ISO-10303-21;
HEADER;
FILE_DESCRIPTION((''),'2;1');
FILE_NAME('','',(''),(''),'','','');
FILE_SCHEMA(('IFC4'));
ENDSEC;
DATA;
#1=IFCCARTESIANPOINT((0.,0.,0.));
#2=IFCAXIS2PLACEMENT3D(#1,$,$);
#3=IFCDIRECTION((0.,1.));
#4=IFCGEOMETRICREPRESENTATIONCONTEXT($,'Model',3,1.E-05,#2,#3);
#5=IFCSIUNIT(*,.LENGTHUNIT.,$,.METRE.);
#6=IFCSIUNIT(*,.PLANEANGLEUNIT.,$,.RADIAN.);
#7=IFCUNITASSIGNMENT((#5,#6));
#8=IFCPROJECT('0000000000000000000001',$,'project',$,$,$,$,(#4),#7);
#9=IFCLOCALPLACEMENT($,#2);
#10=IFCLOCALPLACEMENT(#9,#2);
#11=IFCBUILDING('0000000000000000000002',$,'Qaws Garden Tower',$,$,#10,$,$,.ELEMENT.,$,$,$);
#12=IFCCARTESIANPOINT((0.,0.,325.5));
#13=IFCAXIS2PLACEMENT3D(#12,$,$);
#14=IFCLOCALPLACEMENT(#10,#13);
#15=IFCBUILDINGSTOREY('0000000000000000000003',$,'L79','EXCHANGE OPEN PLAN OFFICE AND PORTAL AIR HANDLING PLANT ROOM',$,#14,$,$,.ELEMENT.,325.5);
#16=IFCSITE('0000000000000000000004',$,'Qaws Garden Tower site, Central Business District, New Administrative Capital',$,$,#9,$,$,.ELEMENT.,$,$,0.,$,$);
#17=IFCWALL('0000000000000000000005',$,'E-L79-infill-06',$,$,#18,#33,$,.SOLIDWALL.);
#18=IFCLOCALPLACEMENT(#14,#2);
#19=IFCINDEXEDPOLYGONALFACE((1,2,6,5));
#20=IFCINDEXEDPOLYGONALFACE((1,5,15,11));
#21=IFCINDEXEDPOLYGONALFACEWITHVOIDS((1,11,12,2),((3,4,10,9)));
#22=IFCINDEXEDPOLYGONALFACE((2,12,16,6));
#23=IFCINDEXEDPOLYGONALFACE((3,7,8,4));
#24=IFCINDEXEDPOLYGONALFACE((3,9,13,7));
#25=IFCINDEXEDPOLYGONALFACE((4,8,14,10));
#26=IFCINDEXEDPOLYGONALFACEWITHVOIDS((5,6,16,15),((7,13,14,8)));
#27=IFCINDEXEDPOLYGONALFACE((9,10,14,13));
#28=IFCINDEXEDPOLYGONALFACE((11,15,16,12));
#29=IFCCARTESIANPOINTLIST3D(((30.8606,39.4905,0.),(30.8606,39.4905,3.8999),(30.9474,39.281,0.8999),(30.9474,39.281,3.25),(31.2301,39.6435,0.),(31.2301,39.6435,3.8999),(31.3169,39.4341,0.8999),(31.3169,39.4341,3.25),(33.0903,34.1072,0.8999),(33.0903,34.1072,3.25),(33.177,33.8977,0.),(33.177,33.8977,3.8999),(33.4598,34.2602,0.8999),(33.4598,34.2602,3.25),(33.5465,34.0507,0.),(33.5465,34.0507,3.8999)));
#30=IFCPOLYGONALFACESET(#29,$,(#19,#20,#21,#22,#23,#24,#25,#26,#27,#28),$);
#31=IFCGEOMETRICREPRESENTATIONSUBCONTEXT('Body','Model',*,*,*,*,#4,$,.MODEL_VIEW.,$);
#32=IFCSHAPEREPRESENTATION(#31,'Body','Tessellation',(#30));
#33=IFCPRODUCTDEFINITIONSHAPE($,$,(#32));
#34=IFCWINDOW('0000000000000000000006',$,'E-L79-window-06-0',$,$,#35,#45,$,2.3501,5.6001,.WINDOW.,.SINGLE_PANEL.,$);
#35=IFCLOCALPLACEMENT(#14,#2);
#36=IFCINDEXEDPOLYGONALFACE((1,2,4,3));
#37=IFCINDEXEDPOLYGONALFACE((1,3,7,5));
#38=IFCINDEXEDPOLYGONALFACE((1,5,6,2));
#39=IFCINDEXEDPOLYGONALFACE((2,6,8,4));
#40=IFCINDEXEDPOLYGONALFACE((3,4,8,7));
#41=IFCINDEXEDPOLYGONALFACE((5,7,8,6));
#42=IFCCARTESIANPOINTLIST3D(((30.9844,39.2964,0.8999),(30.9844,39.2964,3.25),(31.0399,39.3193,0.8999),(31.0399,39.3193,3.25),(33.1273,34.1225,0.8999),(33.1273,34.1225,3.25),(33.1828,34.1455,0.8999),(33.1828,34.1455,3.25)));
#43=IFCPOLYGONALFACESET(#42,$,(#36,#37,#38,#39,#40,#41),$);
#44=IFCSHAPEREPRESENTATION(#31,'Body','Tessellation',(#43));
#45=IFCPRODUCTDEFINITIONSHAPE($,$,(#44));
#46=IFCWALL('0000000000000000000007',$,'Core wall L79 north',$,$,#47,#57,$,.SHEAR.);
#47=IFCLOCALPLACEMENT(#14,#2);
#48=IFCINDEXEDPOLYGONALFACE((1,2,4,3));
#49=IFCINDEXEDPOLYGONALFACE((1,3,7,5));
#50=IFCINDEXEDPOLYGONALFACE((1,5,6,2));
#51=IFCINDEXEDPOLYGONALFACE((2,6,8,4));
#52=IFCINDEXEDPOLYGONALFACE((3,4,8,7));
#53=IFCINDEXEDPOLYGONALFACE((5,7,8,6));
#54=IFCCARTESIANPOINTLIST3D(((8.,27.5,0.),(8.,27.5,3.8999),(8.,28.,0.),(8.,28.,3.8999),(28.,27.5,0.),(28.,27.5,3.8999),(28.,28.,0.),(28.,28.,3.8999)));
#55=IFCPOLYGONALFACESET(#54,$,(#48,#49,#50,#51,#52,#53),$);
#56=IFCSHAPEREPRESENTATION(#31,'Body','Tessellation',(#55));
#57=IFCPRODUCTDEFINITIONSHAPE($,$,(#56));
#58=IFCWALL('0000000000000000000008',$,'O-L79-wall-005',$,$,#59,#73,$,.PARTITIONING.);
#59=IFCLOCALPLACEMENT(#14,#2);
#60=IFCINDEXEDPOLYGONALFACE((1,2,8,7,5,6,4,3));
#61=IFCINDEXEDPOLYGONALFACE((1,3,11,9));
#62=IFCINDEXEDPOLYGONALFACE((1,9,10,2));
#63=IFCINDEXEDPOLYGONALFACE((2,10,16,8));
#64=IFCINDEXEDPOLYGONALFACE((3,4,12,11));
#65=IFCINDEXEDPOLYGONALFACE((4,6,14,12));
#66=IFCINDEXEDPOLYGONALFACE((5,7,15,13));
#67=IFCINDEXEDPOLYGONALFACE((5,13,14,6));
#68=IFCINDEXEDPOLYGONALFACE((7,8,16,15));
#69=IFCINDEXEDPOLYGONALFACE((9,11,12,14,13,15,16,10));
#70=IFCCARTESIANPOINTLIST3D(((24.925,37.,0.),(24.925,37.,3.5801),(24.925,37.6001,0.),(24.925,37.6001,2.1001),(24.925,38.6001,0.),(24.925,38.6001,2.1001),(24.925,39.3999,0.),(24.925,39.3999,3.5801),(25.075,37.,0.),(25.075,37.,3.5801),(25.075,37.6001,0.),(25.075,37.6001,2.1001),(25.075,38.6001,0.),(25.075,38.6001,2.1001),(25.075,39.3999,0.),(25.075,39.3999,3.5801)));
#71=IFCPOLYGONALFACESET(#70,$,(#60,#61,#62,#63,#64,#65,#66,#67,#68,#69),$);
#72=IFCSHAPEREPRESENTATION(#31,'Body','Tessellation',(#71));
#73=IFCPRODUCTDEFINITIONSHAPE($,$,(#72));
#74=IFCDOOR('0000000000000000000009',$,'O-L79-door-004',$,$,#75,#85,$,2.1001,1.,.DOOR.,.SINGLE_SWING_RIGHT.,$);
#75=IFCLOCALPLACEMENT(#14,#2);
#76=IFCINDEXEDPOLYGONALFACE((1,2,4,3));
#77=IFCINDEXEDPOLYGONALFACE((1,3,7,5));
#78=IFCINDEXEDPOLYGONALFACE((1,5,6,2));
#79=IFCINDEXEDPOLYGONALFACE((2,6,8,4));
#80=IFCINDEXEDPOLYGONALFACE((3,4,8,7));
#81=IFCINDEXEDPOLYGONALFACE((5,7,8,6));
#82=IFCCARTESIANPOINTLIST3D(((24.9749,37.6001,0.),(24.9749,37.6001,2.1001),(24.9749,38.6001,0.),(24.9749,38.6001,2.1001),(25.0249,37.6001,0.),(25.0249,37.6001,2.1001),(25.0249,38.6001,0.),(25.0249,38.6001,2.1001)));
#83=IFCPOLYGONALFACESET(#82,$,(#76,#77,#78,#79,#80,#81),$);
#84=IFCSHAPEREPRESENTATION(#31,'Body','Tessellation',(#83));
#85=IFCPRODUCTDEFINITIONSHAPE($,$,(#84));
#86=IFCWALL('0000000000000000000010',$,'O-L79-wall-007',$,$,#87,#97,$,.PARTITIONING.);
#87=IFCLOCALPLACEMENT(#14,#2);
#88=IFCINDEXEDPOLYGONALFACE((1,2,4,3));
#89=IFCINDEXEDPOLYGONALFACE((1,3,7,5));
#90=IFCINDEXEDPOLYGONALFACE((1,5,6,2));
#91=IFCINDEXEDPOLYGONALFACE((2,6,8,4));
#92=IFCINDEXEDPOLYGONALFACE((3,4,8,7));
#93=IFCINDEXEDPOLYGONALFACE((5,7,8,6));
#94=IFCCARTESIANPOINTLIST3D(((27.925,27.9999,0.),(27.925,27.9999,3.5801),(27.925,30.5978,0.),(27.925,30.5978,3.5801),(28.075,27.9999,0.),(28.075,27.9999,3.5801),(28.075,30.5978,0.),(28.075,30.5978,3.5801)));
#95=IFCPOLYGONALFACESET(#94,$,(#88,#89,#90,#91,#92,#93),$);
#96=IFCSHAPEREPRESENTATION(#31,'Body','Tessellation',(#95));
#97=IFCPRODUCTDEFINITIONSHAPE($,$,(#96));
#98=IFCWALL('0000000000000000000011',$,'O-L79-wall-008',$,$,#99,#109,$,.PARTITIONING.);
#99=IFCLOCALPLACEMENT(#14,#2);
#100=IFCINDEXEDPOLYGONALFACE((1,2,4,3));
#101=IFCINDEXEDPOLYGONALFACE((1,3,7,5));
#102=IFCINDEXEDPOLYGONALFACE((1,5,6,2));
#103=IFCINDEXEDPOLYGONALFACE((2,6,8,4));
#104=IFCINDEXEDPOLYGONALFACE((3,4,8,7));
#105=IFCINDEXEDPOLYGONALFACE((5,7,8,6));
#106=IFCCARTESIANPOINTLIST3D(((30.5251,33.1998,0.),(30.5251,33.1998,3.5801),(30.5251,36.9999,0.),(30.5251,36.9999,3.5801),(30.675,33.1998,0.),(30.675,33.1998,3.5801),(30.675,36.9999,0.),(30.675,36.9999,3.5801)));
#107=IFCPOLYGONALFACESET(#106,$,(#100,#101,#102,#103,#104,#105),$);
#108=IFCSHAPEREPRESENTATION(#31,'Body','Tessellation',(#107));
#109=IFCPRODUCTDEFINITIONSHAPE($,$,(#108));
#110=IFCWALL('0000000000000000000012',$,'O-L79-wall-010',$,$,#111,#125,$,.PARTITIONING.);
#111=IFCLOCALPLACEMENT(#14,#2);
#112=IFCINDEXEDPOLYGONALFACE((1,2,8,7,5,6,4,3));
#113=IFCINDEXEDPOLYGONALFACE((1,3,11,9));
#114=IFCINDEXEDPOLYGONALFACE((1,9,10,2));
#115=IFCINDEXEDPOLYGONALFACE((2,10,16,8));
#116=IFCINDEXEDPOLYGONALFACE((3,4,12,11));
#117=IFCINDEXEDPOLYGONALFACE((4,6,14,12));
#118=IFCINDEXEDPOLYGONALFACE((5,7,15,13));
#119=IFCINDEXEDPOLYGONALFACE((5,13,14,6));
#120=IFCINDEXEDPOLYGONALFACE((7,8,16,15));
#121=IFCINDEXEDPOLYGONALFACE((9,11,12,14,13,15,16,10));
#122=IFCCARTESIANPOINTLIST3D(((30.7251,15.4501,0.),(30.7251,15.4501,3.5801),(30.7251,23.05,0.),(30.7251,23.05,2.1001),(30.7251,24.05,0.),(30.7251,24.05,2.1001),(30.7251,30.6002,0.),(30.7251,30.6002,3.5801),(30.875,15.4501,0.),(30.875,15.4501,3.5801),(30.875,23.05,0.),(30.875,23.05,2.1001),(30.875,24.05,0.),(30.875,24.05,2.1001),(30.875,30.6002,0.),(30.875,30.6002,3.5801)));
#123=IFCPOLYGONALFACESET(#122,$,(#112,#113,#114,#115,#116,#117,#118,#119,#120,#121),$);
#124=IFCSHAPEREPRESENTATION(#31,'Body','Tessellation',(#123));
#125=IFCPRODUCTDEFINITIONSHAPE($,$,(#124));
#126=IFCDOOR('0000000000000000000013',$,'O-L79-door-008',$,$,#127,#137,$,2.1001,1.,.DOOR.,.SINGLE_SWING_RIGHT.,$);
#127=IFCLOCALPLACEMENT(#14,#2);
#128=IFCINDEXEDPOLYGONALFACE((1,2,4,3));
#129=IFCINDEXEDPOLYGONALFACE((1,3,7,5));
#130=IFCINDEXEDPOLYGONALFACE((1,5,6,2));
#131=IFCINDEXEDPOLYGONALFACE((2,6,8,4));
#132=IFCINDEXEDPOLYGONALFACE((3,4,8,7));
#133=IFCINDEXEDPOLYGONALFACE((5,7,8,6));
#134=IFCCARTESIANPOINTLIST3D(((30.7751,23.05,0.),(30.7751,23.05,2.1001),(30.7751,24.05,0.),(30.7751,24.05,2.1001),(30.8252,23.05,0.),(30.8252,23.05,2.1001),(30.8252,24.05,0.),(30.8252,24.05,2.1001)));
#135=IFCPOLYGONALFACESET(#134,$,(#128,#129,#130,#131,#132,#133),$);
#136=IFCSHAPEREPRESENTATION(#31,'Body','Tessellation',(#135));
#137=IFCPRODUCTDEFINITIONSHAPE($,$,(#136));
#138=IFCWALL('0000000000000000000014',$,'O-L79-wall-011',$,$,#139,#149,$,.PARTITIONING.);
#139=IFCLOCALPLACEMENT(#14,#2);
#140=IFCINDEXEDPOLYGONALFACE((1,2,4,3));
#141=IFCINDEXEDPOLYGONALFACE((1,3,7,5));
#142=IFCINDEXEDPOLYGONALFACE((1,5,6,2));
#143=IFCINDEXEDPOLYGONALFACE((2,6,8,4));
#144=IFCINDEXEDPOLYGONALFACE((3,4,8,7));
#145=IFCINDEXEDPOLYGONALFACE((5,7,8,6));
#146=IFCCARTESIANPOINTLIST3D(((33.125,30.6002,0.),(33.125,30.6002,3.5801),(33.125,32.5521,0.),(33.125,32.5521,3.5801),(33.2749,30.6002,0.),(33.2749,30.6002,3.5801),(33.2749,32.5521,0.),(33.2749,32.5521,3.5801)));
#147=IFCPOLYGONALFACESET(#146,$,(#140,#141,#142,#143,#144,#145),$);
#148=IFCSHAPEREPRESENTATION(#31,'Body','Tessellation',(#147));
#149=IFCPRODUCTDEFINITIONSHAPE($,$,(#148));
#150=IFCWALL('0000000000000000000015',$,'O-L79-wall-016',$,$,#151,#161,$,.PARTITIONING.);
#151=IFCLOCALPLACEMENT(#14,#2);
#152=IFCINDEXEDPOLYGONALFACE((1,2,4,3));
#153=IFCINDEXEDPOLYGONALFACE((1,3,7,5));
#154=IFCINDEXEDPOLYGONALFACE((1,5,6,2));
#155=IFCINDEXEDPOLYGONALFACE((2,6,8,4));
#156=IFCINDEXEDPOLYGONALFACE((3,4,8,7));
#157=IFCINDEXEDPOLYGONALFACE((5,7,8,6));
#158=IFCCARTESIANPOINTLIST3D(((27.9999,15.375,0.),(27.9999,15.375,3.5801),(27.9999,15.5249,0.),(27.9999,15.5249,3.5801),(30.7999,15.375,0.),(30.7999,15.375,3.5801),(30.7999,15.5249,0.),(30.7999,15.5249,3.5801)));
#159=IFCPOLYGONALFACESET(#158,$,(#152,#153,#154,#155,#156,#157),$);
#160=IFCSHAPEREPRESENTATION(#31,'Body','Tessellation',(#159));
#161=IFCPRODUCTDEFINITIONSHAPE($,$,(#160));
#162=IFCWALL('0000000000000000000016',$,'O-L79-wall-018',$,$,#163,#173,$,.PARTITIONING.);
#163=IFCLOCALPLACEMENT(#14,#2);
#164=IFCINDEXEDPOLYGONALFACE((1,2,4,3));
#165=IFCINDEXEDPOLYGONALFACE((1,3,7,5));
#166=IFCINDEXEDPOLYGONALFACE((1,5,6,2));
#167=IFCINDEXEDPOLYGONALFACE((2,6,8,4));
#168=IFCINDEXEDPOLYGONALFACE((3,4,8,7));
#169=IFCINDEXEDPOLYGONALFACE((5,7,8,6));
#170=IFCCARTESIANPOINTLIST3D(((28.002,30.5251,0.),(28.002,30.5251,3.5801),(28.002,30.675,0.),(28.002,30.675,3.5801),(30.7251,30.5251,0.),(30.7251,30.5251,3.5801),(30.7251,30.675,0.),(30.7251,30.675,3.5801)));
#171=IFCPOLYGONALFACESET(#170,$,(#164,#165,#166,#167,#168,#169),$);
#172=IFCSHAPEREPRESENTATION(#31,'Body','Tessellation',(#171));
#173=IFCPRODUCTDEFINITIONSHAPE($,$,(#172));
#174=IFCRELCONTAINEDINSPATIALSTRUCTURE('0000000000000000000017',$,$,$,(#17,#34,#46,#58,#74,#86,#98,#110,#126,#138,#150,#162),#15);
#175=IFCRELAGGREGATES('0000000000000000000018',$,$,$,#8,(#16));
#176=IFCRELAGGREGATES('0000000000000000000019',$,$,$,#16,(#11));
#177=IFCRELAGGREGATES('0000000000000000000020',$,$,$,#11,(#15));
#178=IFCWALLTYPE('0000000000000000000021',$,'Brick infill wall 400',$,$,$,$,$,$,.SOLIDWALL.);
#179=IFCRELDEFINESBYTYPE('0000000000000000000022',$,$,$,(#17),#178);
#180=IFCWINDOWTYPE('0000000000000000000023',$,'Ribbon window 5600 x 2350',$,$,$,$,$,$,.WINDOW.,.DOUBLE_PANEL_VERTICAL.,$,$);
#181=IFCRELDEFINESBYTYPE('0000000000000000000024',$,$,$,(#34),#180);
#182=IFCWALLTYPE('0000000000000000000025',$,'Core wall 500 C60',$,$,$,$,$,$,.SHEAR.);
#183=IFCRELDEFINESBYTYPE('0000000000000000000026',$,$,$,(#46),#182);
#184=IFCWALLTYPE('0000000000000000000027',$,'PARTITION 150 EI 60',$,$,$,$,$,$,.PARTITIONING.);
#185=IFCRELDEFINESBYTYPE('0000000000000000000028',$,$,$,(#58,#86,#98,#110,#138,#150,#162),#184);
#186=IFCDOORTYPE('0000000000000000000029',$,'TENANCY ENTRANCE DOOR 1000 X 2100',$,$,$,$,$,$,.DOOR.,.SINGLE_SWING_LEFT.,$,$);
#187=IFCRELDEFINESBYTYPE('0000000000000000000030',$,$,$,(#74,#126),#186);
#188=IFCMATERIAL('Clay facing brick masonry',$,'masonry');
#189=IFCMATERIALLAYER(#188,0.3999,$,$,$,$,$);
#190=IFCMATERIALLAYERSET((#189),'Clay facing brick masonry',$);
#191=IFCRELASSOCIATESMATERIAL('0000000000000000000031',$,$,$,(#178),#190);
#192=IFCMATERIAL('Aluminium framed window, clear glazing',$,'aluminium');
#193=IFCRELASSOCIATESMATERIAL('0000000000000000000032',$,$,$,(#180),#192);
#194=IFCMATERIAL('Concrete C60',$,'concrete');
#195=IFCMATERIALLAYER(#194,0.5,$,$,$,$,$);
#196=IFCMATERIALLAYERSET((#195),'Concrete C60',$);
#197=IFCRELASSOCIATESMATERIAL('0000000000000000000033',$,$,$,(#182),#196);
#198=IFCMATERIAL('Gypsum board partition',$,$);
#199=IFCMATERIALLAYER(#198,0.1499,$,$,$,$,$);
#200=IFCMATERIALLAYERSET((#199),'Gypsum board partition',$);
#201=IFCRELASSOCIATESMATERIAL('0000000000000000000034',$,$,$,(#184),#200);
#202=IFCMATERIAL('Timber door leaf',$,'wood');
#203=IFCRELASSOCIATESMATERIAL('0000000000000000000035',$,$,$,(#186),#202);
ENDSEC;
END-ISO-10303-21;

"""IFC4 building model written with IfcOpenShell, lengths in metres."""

from ifc_helpers import new_model, si_unit, direction, frame, frame_2d, origin, place, context, subcontext, project, spatial, rectangle, extrude, material, layer, layer_set, type_object, element, fill, save


model = new_model("IFC4")

# Units and contexts
model_context = context("Model", 3, precision=1e-05, world=origin(), true_north=direction((0.0, 1.0)))
body_context = subcontext(model_context, "Body", "Model", "MODEL_VIEW")
ifc_project = project(units=[si_unit("LENGTHUNIT", "METRE"), si_unit("PLANEANGLEUNIT", "RADIAN")], contexts=[model_context])

# Site, building, storey
site_placement = place(None, origin())
site = spatial("IfcSite", under=ifc_project, at=site_placement, Name="Qaws Garden Tower site, Central Business District, New Administrative Capital", CompositionType="ELEMENT", RefElevation=0.0)
building_placement = place(site_placement, origin())
building = spatial("IfcBuilding", under=site, at=building_placement, Name="Qaws Garden Tower", CompositionType="ELEMENT")
storey_placement = place(building_placement, frame((0.0, 0.0, 325.5)))
storey = spatial("IfcBuildingStorey", under=building, at=storey_placement, Name="L79", Description="EXCHANGE OPEN PLAN OFFICE AND PORTAL AIR HANDLING PLANT ROOM", CompositionType="ELEMENT", Elevation=325.5)

# Wall, opening, window
ifc_material_1 = material(Name="Clay facing brick masonry", Category="masonry")
ifc_layer_1 = layer(ifc_material_1, 0.3999)
ifc_layer_set_1 = layer_set([ifc_layer_1], Name="Clay facing brick masonry")
wall_type_1 = type_object("IfcWallType", Name="Brick infill wall 400", PredefinedType="SOLIDWALL", material=ifc_layer_set_1)
ifc_material_2 = material(Name="Aluminium framed window, clear glazing", Category="aluminium")
window_type = type_object("IfcWindowType", Name="Ribbon window 5600 x 2350", PartitioningType="DOUBLE_PANEL_VERTICAL", PredefinedType="WINDOW", material=ifc_material_2)
wall_1_placement = place(storey_placement, frame((33.3618, 33.9741, 0.0), z_axis=(0.0, 0.0, 1.0), x_axis=(-0.382656, 0.923891, 0.0)))
wall_1 = element("IfcWall", 1, at=wall_1_placement, inside=storey, type_object=wall_type_1, Name="E-L79-infill-06", PredefinedType="SOLIDWALL", context=body_context, shape_type="SweptSolid", body=[
    extrude(rectangle(XDim=6.0535, YDim=0.3999, at=frame_2d((3.0269, 0.0))), origin(), (0.0, 0.0, 1.0), 3.8999),
])
opening_1_placement = place(wall_1_placement, frame((0.2268, 0.0, 0.8999)))
opening_1 = element("IfcOpeningElement", 2, at=opening_1_placement, cuts=wall_1, PredefinedType="OPENING", context=body_context, shape_type="SweptSolid", body=[
    extrude(rectangle(XDim=5.6001, YDim=2.3501, at=frame_2d((2.8, 1.175))), frame((0.0, 0.21, 0.0), z_axis=(0.0, -1.0, 0.0), x_axis=(1.0, 0.0, 0.0)), (0.0, 0.0, 1.0), 0.4199),
])
window_1_placement = place(opening_1_placement, origin())
window_1 = element("IfcWindow", 3, at=window_1_placement, inside=storey, type_object=window_type, Name="E-L79-window-06-0", OverallHeight=2.3501, OverallWidth=5.6001, PartitioningType="SINGLE_PANEL", PredefinedType="WINDOW", context=body_context, shape_type="SweptSolid", body=[
    extrude(rectangle(XDim=5.6001, YDim=2.3501, at=frame_2d((2.8, 1.175))), frame((0.0, 0.1599, 0.0), z_axis=(0.0, -1.0, 0.0), x_axis=(1.0, 0.0, 0.0)), (0.0, 0.0, 1.0), 0.0601),
])
fill(opening_1, window_1)

# Wall
ifc_material_3 = material(Name="Concrete C60", Category="concrete")
ifc_layer_2 = layer(ifc_material_3, 0.5)
ifc_layer_set_2 = layer_set([ifc_layer_2], Name="Concrete C60")
wall_type_2 = type_object("IfcWallType", Name="Core wall 500 C60", PredefinedType="SHEAR", material=ifc_layer_set_2)
wall_2_placement = place(storey_placement, frame((28.0, 27.75, 0.0), z_axis=(0.0, 0.0, 1.0), x_axis=(-1.0, 0.0, 0.0)))
element("IfcWall", 4, at=wall_2_placement, inside=storey, type_object=wall_type_2, Name="Core wall L79 north", PredefinedType="SHEAR", context=body_context, shape_type="SweptSolid", body=[
    extrude(rectangle(XDim=20.0, YDim=0.5, at=frame_2d((10.0, 0.0))), origin(), (0.0, 0.0, 1.0), 3.8999),
])

# Wall, opening, door
ifc_material_4 = material(Name="Gypsum board partition")
ifc_layer_3 = layer(ifc_material_4, 0.1499)
ifc_layer_set_3 = layer_set([ifc_layer_3], Name="Gypsum board partition")
wall_type_3 = type_object("IfcWallType", Name="PARTITION 150 EI 60", PredefinedType="PARTITIONING", material=ifc_layer_set_3)
wall_3_placement = place(storey_placement, frame((25.0, 37.0, 0.0), z_axis=(0.0, 0.0, 1.0), x_axis=(0.0, 1.0, 0.0)))
wall_3 = element("IfcWall", 5, at=wall_3_placement, inside=storey, type_object=wall_type_3, Name="O-L79-wall-005", PredefinedType="PARTITIONING", context=body_context, shape_type="SweptSolid", body=[
    extrude(rectangle(XDim=2.3999, YDim=0.1499, at=frame_2d((1.2, 0.0))), origin(), (0.0, 0.0, 1.0), 3.5801),
])
opening_2_placement = place(wall_3_placement, frame((0.6001, 0.0, 0.0)))
opening_2 = element("IfcOpeningElement", 6, at=opening_2_placement, cuts=wall_3, PredefinedType="OPENING", context=body_context, shape_type="SweptSolid", body=[
    extrude(rectangle(XDim=1.0, YDim=2.1001, at=frame_2d((0.5, 1.05))), frame((0.0, 0.085, 0.0), z_axis=(0.0, -1.0, 0.0), x_axis=(1.0, 0.0, 0.0)), (0.0, 0.0, 1.0), 0.1699),
])
ifc_material_5 = material(Name="Timber door leaf", Category="wood")
door_type = type_object("IfcDoorType", Name="TENANCY ENTRANCE DOOR 1000 X 2100", OperationType="SINGLE_SWING_LEFT", PredefinedType="DOOR", material=ifc_material_5)
door_1_placement = place(opening_2_placement, frame((1.0, 0.0, 0.0), z_axis=(0.0, 0.0, 1.0), x_axis=(-1.0, 0.0, 0.0)))
door_1 = element("IfcDoor", 7, at=door_1_placement, inside=storey, type_object=door_type, Name="O-L79-door-004", OperationType="SINGLE_SWING_RIGHT", OverallHeight=2.1001, OverallWidth=1.0, PredefinedType="DOOR", context=body_context, shape_type="SweptSolid", body=[
    extrude(rectangle(XDim=1.0, YDim=2.1001, at=frame_2d((0.5, 1.05))), frame((0.0, 0.0249, 0.0), z_axis=(0.0, -1.0, 0.0), x_axis=(1.0, 0.0, 0.0)), (0.0, 0.0, 1.0), 0.05),
])
fill(opening_2, door_1)

# Walls
wall_4_placement = place(storey_placement, frame((28.0, 28.0, 0.0), z_axis=(0.0, 0.0, 1.0), x_axis=(0.0, 1.0, 0.0)))
element("IfcWall", 8, at=wall_4_placement, inside=storey, type_object=wall_type_3, Name="O-L79-wall-007", PredefinedType="PARTITIONING", context=body_context, shape_type="SweptSolid", body=[
    extrude(rectangle(XDim=2.5979, YDim=0.1499, at=frame_2d((1.2988, 0.0))), origin(), (0.0, 0.0, 1.0), 3.5801),
])
wall_5_placement = place(storey_placement, frame((30.6001, 33.2, 0.0), z_axis=(0.0, 0.0, 1.0), x_axis=(0.0, 1.0, 0.0)))
element("IfcWall", 9, at=wall_5_placement, inside=storey, type_object=wall_type_3, Name="O-L79-wall-008", PredefinedType="PARTITIONING", context=body_context, shape_type="SweptSolid", body=[
    extrude(rectangle(XDim=3.8, YDim=0.1499, at=frame_2d((1.8999, 0.0))), origin(), (0.0, 0.0, 1.0), 3.5801),
])

# Wall, opening, door
wall_6_placement = place(storey_placement, frame((30.8, 15.45, 0.0), z_axis=(0.0, 0.0, 1.0), x_axis=(0.0, 1.0, 0.0)))
wall_6 = element("IfcWall", 10, at=wall_6_placement, inside=storey, type_object=wall_type_3, Name="O-L79-wall-010", PredefinedType="PARTITIONING", context=body_context, shape_type="SweptSolid", body=[
    extrude(rectangle(XDim=15.1501, YDim=0.1499, at=frame_2d((7.5752, 0.0))), origin(), (0.0, 0.0, 1.0), 3.5801),
])
opening_3_placement = place(wall_6_placement, frame((7.6001, 0.0, 0.0)))
opening_3 = element("IfcOpeningElement", 11, at=opening_3_placement, cuts=wall_6, PredefinedType="OPENING", context=body_context, shape_type="SweptSolid", body=[
    extrude(rectangle(XDim=1.0, YDim=2.1001, at=frame_2d((0.5, 1.05))), frame((0.0, 0.085, 0.0), z_axis=(0.0, -1.0, 0.0), x_axis=(1.0, 0.0, 0.0)), (0.0, 0.0, 1.0), 0.1699),
])
door_2_placement = place(opening_3_placement, origin())
door_2 = element("IfcDoor", 12, at=door_2_placement, inside=storey, type_object=door_type, Name="O-L79-door-008", OperationType="SINGLE_SWING_RIGHT", OverallHeight=2.1001, OverallWidth=1.0, PredefinedType="DOOR", context=body_context, shape_type="SweptSolid", body=[
    extrude(rectangle(XDim=1.0, YDim=2.1001, at=frame_2d((0.5, 1.05))), frame((0.0, 0.0249, 0.0), z_axis=(0.0, -1.0, 0.0), x_axis=(1.0, 0.0, 0.0)), (0.0, 0.0, 1.0), 0.05),
])
fill(opening_3, door_2)

# Walls
wall_7_placement = place(storey_placement, frame((33.2, 30.6001, 0.0), z_axis=(0.0, 0.0, 1.0), x_axis=(0.0, 1.0, 0.0)))
element("IfcWall", 13, at=wall_7_placement, inside=storey, type_object=wall_type_3, Name="O-L79-wall-011", PredefinedType="PARTITIONING", context=body_context, shape_type="SweptSolid", body=[
    extrude(rectangle(XDim=1.9519, YDim=0.1499, at=frame_2d((0.9761, 0.0))), origin(), (0.0, 0.0, 1.0), 3.5801),
])
wall_8_placement = place(storey_placement, frame((28.0, 15.45, 0.0), z_axis=(0.0, 0.0, 1.0), x_axis=(1.0, 0.0, 0.0)))
element("IfcWall", 14, at=wall_8_placement, inside=storey, type_object=wall_type_3, Name="O-L79-wall-016", PredefinedType="PARTITIONING", context=body_context, shape_type="SweptSolid", body=[
    extrude(rectangle(XDim=2.8, YDim=0.1499, at=frame_2d((1.3999, 0.0))), origin(), (0.0, 0.0, 1.0), 3.5801),
])
wall_9_placement = place(storey_placement, frame((28.002, 30.6001, 0.0), z_axis=(0.0, 0.0, 1.0), x_axis=(1.0, 0.0, 0.0)))
element("IfcWall", 15, at=wall_9_placement, inside=storey, type_object=wall_type_3, Name="O-L79-wall-018", PredefinedType="PARTITIONING", context=body_context, shape_type="SweptSolid", body=[
    extrude(rectangle(XDim=2.7231, YDim=0.1499, at=frame_2d((1.3616, 0.0))), origin(), (0.0, 0.0, 1.0), 3.5801),
])

save(model, "model.ifc")
